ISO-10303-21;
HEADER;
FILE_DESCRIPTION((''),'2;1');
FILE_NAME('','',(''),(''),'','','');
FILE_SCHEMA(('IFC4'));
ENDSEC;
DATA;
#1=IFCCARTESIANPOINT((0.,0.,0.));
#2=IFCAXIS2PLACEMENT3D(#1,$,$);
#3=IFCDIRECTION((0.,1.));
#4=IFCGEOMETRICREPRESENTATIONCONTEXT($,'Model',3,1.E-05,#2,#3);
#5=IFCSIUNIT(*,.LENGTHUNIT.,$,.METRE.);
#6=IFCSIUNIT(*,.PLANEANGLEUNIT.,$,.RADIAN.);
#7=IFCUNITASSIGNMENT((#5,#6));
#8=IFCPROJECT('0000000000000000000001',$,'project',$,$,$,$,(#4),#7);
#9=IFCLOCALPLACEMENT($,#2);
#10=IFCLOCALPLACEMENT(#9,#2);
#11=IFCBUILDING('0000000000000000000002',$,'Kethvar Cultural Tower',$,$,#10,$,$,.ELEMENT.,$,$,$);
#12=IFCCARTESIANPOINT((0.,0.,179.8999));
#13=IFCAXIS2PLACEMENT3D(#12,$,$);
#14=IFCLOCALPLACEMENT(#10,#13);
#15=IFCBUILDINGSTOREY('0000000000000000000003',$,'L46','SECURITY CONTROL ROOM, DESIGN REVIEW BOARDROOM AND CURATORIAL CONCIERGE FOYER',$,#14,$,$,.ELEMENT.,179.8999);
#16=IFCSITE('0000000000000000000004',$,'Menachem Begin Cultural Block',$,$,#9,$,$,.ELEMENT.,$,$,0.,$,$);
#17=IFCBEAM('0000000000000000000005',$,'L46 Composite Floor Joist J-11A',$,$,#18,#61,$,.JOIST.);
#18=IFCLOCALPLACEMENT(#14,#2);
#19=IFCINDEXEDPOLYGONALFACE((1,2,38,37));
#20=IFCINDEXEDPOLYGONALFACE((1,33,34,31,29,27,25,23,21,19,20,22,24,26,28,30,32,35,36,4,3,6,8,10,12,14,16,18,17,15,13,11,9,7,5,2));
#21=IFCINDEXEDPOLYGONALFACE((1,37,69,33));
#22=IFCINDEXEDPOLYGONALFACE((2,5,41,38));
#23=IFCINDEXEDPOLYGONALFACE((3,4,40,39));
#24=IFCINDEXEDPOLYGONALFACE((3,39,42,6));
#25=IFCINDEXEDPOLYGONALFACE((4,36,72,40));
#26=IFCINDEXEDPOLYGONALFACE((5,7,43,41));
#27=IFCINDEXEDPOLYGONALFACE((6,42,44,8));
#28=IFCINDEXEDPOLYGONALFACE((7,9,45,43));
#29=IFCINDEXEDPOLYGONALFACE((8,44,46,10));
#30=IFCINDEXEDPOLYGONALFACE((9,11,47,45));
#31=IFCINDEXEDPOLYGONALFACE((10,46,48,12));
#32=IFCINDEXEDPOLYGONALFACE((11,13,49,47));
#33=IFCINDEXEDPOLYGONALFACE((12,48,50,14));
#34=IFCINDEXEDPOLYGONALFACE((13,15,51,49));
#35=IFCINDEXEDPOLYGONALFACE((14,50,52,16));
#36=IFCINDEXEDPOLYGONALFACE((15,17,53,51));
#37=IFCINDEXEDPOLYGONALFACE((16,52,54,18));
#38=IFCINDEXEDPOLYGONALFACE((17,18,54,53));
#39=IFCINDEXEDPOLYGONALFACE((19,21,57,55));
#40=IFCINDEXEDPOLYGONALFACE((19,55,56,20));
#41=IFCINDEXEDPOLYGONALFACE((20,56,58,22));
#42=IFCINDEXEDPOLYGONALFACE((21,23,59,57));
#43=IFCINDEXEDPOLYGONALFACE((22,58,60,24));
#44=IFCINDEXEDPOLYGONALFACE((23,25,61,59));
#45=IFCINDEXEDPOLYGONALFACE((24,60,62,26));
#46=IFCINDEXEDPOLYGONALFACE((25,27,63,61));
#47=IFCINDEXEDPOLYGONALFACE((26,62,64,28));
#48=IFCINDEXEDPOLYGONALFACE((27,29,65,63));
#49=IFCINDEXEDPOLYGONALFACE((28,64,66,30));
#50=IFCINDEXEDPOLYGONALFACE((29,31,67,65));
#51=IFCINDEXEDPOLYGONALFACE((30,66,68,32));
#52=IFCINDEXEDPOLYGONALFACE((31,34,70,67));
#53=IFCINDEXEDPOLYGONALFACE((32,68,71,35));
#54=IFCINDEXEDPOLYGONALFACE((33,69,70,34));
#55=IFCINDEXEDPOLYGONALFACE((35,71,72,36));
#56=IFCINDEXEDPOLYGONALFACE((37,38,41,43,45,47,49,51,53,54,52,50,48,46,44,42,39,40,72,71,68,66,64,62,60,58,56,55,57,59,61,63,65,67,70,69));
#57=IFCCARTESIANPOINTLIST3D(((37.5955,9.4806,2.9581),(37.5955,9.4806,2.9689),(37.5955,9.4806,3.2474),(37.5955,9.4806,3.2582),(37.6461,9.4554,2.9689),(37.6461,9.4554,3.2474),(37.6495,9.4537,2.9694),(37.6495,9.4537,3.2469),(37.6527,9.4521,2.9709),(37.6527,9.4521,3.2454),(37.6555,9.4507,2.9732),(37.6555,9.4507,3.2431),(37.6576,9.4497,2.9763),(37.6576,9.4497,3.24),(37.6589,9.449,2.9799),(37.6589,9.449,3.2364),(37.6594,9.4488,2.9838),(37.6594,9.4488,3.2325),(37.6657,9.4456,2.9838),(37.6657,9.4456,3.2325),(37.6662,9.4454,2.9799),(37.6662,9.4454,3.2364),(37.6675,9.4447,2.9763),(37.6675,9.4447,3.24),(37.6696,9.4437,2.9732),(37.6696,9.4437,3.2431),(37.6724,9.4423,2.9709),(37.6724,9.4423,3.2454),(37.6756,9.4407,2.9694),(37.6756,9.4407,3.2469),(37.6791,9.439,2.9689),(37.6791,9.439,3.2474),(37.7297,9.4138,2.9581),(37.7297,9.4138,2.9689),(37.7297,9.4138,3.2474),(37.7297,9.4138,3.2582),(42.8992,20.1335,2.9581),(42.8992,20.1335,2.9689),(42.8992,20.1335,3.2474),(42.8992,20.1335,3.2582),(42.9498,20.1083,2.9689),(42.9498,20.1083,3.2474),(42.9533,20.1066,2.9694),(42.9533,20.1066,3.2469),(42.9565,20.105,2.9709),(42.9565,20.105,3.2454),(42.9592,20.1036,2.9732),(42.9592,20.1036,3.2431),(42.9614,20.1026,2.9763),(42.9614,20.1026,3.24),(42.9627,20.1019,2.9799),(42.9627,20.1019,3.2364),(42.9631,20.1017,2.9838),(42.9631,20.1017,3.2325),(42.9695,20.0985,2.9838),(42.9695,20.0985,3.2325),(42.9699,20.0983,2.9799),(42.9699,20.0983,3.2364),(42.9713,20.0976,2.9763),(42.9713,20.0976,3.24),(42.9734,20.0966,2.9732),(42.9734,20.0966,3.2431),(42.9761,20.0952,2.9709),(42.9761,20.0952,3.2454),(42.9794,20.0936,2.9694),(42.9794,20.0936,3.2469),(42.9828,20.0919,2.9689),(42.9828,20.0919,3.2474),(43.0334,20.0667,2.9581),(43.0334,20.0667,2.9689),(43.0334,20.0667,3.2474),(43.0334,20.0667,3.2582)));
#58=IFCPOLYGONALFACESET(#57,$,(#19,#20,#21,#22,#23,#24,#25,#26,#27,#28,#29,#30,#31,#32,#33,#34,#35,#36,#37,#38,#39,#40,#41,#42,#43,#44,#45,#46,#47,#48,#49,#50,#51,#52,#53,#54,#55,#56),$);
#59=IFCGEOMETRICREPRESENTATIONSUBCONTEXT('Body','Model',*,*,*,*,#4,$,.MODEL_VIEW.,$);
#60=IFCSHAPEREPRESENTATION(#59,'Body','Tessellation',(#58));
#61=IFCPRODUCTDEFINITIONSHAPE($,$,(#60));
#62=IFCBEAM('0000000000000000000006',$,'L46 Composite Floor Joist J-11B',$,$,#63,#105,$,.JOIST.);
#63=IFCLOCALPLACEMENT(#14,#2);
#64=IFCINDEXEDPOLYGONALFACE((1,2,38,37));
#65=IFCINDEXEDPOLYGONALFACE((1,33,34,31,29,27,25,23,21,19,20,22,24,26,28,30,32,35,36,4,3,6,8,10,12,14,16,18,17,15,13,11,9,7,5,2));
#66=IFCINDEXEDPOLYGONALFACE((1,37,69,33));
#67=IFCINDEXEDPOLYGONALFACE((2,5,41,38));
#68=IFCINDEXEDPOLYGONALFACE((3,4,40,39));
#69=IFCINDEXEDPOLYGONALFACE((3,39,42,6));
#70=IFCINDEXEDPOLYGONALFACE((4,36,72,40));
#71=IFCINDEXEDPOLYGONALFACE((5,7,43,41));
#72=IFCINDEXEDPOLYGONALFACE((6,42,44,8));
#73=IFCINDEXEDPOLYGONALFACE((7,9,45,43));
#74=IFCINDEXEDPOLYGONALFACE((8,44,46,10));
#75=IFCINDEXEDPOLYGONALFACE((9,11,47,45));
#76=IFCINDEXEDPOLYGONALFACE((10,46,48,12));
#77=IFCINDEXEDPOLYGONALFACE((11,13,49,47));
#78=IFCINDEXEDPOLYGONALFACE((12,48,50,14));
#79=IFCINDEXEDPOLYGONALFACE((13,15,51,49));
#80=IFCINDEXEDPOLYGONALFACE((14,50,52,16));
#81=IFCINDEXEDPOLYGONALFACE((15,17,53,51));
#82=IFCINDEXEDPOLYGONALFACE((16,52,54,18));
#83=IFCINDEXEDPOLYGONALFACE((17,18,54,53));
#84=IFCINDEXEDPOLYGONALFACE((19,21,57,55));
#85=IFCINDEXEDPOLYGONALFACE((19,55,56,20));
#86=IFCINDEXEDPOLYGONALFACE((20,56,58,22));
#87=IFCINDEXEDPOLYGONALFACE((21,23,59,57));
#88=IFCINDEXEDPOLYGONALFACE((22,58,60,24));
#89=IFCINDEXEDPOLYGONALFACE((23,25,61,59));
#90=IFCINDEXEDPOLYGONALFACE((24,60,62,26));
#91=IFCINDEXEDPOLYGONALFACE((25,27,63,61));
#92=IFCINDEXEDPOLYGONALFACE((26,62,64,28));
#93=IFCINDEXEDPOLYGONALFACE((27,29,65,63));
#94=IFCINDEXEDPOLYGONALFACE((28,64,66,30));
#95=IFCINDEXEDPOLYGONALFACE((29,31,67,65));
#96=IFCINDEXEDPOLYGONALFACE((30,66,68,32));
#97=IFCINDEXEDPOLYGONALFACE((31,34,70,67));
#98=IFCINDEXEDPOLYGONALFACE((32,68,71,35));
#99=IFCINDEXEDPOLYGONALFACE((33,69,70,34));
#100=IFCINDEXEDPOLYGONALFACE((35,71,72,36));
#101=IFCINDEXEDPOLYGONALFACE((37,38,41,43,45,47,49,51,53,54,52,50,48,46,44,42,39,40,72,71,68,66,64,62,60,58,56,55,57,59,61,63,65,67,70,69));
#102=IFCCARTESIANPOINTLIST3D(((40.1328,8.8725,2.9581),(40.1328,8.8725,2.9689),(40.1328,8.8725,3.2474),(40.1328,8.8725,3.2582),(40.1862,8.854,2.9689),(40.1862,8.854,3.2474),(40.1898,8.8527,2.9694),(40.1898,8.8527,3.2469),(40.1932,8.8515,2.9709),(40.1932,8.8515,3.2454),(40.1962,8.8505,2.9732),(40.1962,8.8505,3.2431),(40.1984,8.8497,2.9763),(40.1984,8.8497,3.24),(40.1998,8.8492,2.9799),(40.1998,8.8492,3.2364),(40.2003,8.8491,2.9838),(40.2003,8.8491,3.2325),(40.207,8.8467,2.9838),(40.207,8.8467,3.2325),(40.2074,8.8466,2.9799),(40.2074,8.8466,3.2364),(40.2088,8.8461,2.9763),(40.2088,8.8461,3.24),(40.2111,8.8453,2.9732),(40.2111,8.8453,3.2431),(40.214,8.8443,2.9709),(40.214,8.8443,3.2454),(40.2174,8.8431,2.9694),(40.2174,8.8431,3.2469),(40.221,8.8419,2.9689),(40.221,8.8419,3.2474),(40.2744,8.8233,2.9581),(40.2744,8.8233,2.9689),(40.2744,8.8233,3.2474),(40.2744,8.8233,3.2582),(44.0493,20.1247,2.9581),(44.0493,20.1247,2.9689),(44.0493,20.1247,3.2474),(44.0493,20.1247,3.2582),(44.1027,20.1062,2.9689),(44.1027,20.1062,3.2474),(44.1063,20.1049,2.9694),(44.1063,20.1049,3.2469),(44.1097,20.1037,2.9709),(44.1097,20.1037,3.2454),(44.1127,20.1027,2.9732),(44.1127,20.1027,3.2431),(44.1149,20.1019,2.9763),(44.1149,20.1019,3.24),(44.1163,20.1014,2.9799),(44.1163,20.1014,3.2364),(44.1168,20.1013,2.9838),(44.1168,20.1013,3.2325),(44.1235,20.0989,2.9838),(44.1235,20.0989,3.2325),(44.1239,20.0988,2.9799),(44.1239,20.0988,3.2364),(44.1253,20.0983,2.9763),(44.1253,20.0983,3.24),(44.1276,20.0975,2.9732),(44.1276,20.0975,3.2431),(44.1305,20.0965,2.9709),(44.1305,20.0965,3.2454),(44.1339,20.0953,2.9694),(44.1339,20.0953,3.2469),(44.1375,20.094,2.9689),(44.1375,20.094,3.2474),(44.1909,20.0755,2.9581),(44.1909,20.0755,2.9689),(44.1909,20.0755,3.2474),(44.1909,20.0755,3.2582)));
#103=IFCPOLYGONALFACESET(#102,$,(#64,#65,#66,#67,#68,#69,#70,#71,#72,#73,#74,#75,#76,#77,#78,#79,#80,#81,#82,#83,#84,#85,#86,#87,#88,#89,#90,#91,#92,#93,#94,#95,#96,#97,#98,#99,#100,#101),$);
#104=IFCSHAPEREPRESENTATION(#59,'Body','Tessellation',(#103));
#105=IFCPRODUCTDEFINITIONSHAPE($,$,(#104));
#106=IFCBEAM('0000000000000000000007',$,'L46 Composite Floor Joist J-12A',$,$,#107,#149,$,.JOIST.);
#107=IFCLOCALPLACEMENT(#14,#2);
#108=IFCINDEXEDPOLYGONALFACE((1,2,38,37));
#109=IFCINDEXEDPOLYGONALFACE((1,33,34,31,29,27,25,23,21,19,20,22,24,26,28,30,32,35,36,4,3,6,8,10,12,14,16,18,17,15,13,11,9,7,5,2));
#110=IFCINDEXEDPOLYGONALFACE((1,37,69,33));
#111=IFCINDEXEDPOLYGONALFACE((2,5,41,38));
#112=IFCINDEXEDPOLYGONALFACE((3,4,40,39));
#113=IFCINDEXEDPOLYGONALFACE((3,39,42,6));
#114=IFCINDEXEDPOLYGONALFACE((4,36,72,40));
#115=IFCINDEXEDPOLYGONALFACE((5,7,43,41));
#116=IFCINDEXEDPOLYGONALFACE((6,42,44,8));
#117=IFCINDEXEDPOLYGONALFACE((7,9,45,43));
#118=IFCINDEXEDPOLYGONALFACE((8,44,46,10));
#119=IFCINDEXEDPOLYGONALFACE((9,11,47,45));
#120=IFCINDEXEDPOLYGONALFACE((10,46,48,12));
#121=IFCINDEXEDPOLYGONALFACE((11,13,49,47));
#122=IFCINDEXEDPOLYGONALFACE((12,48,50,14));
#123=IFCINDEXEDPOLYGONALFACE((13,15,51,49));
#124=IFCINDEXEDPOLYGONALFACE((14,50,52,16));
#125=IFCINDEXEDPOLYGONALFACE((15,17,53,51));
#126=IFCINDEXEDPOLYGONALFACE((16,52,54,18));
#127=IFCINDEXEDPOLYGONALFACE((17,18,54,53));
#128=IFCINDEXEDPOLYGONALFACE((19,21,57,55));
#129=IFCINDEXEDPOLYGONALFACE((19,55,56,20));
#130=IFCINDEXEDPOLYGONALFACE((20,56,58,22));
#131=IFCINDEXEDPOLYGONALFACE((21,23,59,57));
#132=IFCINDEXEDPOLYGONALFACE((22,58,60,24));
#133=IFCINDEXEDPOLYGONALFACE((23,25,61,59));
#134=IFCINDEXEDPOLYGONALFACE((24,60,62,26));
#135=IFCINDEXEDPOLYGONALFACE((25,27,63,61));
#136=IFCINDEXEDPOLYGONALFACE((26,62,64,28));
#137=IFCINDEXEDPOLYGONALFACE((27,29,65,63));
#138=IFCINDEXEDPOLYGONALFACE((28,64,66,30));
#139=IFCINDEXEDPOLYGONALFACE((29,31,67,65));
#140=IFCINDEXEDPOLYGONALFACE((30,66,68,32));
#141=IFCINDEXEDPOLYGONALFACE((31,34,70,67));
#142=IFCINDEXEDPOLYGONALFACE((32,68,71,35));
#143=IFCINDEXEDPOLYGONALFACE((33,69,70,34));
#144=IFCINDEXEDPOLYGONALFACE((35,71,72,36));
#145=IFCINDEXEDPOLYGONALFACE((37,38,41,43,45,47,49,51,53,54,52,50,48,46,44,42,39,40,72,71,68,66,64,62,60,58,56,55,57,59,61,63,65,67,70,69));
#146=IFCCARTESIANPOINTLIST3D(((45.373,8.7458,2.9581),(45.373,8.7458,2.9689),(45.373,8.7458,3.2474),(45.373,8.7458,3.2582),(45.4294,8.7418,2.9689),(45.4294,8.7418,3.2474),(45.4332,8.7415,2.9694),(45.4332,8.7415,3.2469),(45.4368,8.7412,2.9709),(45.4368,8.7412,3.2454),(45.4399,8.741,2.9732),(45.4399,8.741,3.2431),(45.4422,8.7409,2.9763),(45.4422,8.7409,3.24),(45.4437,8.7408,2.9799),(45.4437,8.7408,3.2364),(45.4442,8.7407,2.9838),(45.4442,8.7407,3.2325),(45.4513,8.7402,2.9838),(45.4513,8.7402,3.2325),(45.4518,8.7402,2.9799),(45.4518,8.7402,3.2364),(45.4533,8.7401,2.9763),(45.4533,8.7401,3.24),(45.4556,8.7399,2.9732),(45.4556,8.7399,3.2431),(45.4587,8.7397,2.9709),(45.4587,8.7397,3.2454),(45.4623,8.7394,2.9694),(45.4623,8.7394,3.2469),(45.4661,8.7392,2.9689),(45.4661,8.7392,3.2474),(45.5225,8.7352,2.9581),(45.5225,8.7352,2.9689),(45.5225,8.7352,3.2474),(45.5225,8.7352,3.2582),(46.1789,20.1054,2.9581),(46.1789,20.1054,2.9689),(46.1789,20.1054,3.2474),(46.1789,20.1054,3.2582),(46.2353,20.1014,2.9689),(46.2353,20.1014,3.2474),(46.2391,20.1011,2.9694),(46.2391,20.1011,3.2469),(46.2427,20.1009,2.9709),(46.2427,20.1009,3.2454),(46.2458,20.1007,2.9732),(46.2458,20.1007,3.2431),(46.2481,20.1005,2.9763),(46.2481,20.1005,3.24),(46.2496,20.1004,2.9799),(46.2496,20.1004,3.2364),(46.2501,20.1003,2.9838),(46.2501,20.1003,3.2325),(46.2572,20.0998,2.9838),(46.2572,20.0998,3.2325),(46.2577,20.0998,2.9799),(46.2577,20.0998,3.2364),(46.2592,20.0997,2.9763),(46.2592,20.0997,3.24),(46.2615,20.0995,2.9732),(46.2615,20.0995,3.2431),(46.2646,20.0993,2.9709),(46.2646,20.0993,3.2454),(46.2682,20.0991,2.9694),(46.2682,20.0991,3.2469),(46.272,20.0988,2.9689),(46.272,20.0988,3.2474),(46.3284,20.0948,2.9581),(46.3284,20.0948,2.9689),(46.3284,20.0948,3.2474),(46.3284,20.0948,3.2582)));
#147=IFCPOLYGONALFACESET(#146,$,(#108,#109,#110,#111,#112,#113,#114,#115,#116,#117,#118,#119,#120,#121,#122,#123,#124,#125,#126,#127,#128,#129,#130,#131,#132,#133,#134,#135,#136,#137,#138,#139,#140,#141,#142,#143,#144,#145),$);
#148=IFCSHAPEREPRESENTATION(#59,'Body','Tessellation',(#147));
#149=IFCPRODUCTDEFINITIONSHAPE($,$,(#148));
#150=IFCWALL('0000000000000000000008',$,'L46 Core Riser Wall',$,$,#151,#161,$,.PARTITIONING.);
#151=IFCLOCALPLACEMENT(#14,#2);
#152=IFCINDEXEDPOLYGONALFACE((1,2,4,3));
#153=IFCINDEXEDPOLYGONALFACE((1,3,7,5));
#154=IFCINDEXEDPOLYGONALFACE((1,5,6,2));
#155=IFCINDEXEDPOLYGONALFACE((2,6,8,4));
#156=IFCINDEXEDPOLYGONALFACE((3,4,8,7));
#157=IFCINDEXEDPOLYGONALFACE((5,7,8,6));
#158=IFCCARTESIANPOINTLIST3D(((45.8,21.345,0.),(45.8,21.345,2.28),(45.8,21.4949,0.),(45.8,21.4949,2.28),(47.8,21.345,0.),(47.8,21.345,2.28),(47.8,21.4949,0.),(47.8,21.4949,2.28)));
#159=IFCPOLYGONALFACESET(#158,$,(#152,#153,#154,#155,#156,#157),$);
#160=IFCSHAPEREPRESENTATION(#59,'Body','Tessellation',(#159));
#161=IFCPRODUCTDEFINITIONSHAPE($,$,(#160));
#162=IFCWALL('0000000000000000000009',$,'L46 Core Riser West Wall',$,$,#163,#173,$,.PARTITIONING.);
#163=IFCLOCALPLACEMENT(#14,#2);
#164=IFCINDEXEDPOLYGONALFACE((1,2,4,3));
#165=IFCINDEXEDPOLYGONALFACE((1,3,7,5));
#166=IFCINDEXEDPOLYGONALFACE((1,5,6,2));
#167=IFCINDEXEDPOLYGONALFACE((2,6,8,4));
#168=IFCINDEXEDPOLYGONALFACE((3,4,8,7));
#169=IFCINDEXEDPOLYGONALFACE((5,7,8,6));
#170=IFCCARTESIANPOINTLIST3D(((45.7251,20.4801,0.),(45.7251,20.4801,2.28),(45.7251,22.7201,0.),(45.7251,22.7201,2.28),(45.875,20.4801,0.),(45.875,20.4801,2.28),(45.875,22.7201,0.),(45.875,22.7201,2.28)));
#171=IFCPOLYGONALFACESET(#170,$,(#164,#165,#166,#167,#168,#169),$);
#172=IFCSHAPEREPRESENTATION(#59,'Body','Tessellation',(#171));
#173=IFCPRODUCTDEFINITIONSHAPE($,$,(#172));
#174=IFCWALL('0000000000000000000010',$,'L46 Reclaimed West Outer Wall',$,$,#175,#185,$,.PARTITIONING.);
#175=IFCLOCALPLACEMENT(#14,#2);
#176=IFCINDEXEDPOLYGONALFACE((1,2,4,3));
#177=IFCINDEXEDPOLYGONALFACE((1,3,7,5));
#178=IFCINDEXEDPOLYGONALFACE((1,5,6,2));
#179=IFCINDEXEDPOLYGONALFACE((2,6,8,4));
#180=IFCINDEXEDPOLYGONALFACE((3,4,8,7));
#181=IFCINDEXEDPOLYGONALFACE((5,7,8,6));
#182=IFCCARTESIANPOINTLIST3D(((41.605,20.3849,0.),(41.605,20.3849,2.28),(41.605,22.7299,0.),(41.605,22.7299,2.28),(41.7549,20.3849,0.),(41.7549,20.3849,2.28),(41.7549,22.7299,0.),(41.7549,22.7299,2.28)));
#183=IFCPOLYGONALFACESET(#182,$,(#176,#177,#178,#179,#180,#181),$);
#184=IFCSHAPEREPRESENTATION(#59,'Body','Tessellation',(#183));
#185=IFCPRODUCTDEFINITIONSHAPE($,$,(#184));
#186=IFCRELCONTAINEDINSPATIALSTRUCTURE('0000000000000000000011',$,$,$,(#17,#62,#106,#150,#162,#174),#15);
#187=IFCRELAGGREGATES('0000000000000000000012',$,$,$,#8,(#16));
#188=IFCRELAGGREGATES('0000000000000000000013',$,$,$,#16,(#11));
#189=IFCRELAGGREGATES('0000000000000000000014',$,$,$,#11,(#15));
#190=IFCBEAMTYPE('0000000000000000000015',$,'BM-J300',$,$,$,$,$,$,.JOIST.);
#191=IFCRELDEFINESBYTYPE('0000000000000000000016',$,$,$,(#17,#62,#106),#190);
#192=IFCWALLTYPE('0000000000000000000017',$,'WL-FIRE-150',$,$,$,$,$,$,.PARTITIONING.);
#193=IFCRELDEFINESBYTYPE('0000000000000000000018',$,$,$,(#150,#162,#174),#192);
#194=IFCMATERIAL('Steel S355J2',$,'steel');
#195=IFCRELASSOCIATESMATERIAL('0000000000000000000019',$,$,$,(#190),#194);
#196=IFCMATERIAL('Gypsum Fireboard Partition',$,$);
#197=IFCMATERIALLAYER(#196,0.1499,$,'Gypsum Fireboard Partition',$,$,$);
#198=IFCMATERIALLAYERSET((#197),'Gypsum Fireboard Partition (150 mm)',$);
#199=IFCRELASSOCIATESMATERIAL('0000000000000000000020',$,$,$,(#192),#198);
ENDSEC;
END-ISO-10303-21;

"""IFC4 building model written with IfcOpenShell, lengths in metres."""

from ifc_helpers import new_model, si_unit, direction, frame, frame_2d, origin, origin_2d, place, context, subcontext, project, spatial, rectangle, i_section, extrude, source, transform, mapped, material, layer, layer_set, material_profile, profile_set, type_object, element, save


model = new_model("IFC4")

# Units and contexts
model_context = context("Model", 3, precision=1e-05, world=origin(), true_north=direction((0.0, 1.0)))
body_context = subcontext(model_context, "Body", "Model", "MODEL_VIEW")
ifc_project = project(units=[si_unit("LENGTHUNIT", "METRE"), si_unit("PLANEANGLEUNIT", "RADIAN")], contexts=[model_context])

# Site, building, storey
site_placement = place(None, origin())
site = spatial("IfcSite", under=ifc_project, at=site_placement, Name="Menachem Begin Cultural Block", CompositionType="ELEMENT", RefElevation=0.0)
building_placement = place(site_placement, origin())
building = spatial("IfcBuilding", under=site, at=building_placement, Name="Kethvar Cultural Tower", CompositionType="ELEMENT")
storey_placement = place(building_placement, frame((0.0, 0.0, 179.8999)))
storey = spatial("IfcBuildingStorey", under=building, at=storey_placement, Name="L46", Description="SECURITY CONTROL ROOM, DESIGN REVIEW BOARDROOM AND CURATORIAL CONCIERGE FOYER", CompositionType="ELEMENT", Elevation=179.8999)

# Beams
ifc_material_1 = material(Name="Steel S355J2", Category="steel")
ifc_material_profile_1 = material_profile(ifc_material_1, i_section(OverallWidth=0.1499, OverallDepth=0.3, WebThickness=0.0071, FlangeThickness=0.0107, FilletRadius=0.0149, at=origin_2d()), Name="Steel S355J2 — IPE300")
ifc_profile_set_1 = profile_set([ifc_material_profile_1], Name="Steel S355J2 — IPE300")
beam_type_1 = type_object("IfcBeamType", Name="BM-J300", PredefinedType="JOIST", material=ifc_profile_set_1)
shared_shape_1 = source(origin(), body_context, "Body", "SweptSolid", [
    extrude(i_section(OverallWidth=0.1499, OverallDepth=0.3, WebThickness=0.0071, FlangeThickness=0.0107, FilletRadius=0.0149, at=origin_2d()), origin(), (0.0, 0.0, 1.0), 11.9001),
])
beam_1_placement = place(storey_placement, frame((42.9663, 20.1001, 3.1082), z_axis=(-0.445687, -0.895189, 0.0), x_axis=(0.895189, -0.445687, 0.0)))
element("IfcBeam", 1, at=beam_1_placement, inside=storey, type_object=beam_type_1, Name="L46 Composite Floor Joist J-11A", PredefinedType="JOIST", context=body_context, shape_type="MappedRepresentation", body=[
    mapped(shared_shape_1, transform((0.0, 0.0, 0.0), scale=1.0)),
])
shared_shape_2 = source(origin(), body_context, "Body", "SweptSolid", [
    extrude(i_section(OverallWidth=0.1499, OverallDepth=0.3, WebThickness=0.0071, FlangeThickness=0.0107, FilletRadius=0.0149, at=origin_2d()), origin(), (0.0, 0.0, 1.0), 11.9143),
])
beam_2_placement = place(storey_placement, frame((44.1201, 20.1001, 3.1082), z_axis=(-0.328722, -0.944427, 0.0), x_axis=(0.944427, -0.328722, 0.0)))
element("IfcBeam", 2, at=beam_2_placement, inside=storey, type_object=beam_type_1, Name="L46 Composite Floor Joist J-11B", PredefinedType="JOIST", context=body_context, shape_type="MappedRepresentation", body=[
    mapped(shared_shape_2, transform((0.0, 0.0, 0.0), scale=1.0)),
])
shared_shape_3 = source(origin(), body_context, "Body", "SweptSolid", [
    extrude(i_section(OverallWidth=0.1499, OverallDepth=0.3, WebThickness=0.0071, FlangeThickness=0.0107, FilletRadius=0.0149, at=origin_2d()), origin(), (0.0, 0.0, 1.0), 11.3882),
])
beam_3_placement = place(storey_placement, frame((46.2537, 20.1001, 3.1082), z_axis=(-0.070767, -0.997493, 0.0), x_axis=(0.997493, -0.070767, 0.0)))
element("IfcBeam", 3, at=beam_3_placement, inside=storey, type_object=beam_type_1, Name="L46 Composite Floor Joist J-12A", PredefinedType="JOIST", context=body_context, shape_type="MappedRepresentation", body=[
    mapped(shared_shape_3, transform((0.0, 0.0, 0.0), scale=1.0)),
])

# Walls
ifc_material_2 = material(Name="Gypsum Fireboard Partition")
ifc_layer_1 = layer(ifc_material_2, 0.1499, Name="Gypsum Fireboard Partition")
ifc_layer_set_1 = layer_set([ifc_layer_1], Name="Gypsum Fireboard Partition (150 mm)")
wall_type_1 = type_object("IfcWallType", Name="WL-FIRE-150", PredefinedType="PARTITIONING", material=ifc_layer_set_1)
wall_1_placement = place(storey_placement, frame((45.8, 21.4199, 0.0), z_axis=(0.0, 0.0, 1.0), x_axis=(1.0, 0.0, 0.0)))
element("IfcWall", 4, at=wall_1_placement, inside=storey, type_object=wall_type_1, Name="L46 Core Riser Wall", PredefinedType="PARTITIONING", context=body_context, shape_type="SweptSolid", body=[
    extrude(rectangle(XDim=2.0, YDim=0.1499, at=frame_2d((1.0, 0.0))), origin(), (0.0, 0.0, 1.0), 2.28),
])
wall_2_placement = place(storey_placement, frame((45.8, 20.48, 0.0), z_axis=(0.0, 0.0, 1.0), x_axis=(0.0, 1.0, 0.0)))
element("IfcWall", 5, at=wall_2_placement, inside=storey, type_object=wall_type_1, Name="L46 Core Riser West Wall", PredefinedType="PARTITIONING", context=body_context, shape_type="SweptSolid", body=[
    extrude(rectangle(XDim=2.24, YDim=0.1499, at=frame_2d((1.1201, 0.0))), origin(), (0.0, 0.0, 1.0), 2.28),
])
wall_3_placement = place(storey_placement, frame((41.6799, 20.385, 0.0), z_axis=(0.0, 0.0, 1.0), x_axis=(0.0, 1.0, 0.0)))
element("IfcWall", 6, at=wall_3_placement, inside=storey, type_object=wall_type_1, Name="L46 Reclaimed West Outer Wall", PredefinedType="PARTITIONING", context=body_context, shape_type="SweptSolid", body=[
    extrude(rectangle(XDim=2.345, YDim=0.1499, at=frame_2d((1.1724, 0.0))), origin(), (0.0, 0.0, 1.0), 2.28),
])

save(model, "model.ifc")
